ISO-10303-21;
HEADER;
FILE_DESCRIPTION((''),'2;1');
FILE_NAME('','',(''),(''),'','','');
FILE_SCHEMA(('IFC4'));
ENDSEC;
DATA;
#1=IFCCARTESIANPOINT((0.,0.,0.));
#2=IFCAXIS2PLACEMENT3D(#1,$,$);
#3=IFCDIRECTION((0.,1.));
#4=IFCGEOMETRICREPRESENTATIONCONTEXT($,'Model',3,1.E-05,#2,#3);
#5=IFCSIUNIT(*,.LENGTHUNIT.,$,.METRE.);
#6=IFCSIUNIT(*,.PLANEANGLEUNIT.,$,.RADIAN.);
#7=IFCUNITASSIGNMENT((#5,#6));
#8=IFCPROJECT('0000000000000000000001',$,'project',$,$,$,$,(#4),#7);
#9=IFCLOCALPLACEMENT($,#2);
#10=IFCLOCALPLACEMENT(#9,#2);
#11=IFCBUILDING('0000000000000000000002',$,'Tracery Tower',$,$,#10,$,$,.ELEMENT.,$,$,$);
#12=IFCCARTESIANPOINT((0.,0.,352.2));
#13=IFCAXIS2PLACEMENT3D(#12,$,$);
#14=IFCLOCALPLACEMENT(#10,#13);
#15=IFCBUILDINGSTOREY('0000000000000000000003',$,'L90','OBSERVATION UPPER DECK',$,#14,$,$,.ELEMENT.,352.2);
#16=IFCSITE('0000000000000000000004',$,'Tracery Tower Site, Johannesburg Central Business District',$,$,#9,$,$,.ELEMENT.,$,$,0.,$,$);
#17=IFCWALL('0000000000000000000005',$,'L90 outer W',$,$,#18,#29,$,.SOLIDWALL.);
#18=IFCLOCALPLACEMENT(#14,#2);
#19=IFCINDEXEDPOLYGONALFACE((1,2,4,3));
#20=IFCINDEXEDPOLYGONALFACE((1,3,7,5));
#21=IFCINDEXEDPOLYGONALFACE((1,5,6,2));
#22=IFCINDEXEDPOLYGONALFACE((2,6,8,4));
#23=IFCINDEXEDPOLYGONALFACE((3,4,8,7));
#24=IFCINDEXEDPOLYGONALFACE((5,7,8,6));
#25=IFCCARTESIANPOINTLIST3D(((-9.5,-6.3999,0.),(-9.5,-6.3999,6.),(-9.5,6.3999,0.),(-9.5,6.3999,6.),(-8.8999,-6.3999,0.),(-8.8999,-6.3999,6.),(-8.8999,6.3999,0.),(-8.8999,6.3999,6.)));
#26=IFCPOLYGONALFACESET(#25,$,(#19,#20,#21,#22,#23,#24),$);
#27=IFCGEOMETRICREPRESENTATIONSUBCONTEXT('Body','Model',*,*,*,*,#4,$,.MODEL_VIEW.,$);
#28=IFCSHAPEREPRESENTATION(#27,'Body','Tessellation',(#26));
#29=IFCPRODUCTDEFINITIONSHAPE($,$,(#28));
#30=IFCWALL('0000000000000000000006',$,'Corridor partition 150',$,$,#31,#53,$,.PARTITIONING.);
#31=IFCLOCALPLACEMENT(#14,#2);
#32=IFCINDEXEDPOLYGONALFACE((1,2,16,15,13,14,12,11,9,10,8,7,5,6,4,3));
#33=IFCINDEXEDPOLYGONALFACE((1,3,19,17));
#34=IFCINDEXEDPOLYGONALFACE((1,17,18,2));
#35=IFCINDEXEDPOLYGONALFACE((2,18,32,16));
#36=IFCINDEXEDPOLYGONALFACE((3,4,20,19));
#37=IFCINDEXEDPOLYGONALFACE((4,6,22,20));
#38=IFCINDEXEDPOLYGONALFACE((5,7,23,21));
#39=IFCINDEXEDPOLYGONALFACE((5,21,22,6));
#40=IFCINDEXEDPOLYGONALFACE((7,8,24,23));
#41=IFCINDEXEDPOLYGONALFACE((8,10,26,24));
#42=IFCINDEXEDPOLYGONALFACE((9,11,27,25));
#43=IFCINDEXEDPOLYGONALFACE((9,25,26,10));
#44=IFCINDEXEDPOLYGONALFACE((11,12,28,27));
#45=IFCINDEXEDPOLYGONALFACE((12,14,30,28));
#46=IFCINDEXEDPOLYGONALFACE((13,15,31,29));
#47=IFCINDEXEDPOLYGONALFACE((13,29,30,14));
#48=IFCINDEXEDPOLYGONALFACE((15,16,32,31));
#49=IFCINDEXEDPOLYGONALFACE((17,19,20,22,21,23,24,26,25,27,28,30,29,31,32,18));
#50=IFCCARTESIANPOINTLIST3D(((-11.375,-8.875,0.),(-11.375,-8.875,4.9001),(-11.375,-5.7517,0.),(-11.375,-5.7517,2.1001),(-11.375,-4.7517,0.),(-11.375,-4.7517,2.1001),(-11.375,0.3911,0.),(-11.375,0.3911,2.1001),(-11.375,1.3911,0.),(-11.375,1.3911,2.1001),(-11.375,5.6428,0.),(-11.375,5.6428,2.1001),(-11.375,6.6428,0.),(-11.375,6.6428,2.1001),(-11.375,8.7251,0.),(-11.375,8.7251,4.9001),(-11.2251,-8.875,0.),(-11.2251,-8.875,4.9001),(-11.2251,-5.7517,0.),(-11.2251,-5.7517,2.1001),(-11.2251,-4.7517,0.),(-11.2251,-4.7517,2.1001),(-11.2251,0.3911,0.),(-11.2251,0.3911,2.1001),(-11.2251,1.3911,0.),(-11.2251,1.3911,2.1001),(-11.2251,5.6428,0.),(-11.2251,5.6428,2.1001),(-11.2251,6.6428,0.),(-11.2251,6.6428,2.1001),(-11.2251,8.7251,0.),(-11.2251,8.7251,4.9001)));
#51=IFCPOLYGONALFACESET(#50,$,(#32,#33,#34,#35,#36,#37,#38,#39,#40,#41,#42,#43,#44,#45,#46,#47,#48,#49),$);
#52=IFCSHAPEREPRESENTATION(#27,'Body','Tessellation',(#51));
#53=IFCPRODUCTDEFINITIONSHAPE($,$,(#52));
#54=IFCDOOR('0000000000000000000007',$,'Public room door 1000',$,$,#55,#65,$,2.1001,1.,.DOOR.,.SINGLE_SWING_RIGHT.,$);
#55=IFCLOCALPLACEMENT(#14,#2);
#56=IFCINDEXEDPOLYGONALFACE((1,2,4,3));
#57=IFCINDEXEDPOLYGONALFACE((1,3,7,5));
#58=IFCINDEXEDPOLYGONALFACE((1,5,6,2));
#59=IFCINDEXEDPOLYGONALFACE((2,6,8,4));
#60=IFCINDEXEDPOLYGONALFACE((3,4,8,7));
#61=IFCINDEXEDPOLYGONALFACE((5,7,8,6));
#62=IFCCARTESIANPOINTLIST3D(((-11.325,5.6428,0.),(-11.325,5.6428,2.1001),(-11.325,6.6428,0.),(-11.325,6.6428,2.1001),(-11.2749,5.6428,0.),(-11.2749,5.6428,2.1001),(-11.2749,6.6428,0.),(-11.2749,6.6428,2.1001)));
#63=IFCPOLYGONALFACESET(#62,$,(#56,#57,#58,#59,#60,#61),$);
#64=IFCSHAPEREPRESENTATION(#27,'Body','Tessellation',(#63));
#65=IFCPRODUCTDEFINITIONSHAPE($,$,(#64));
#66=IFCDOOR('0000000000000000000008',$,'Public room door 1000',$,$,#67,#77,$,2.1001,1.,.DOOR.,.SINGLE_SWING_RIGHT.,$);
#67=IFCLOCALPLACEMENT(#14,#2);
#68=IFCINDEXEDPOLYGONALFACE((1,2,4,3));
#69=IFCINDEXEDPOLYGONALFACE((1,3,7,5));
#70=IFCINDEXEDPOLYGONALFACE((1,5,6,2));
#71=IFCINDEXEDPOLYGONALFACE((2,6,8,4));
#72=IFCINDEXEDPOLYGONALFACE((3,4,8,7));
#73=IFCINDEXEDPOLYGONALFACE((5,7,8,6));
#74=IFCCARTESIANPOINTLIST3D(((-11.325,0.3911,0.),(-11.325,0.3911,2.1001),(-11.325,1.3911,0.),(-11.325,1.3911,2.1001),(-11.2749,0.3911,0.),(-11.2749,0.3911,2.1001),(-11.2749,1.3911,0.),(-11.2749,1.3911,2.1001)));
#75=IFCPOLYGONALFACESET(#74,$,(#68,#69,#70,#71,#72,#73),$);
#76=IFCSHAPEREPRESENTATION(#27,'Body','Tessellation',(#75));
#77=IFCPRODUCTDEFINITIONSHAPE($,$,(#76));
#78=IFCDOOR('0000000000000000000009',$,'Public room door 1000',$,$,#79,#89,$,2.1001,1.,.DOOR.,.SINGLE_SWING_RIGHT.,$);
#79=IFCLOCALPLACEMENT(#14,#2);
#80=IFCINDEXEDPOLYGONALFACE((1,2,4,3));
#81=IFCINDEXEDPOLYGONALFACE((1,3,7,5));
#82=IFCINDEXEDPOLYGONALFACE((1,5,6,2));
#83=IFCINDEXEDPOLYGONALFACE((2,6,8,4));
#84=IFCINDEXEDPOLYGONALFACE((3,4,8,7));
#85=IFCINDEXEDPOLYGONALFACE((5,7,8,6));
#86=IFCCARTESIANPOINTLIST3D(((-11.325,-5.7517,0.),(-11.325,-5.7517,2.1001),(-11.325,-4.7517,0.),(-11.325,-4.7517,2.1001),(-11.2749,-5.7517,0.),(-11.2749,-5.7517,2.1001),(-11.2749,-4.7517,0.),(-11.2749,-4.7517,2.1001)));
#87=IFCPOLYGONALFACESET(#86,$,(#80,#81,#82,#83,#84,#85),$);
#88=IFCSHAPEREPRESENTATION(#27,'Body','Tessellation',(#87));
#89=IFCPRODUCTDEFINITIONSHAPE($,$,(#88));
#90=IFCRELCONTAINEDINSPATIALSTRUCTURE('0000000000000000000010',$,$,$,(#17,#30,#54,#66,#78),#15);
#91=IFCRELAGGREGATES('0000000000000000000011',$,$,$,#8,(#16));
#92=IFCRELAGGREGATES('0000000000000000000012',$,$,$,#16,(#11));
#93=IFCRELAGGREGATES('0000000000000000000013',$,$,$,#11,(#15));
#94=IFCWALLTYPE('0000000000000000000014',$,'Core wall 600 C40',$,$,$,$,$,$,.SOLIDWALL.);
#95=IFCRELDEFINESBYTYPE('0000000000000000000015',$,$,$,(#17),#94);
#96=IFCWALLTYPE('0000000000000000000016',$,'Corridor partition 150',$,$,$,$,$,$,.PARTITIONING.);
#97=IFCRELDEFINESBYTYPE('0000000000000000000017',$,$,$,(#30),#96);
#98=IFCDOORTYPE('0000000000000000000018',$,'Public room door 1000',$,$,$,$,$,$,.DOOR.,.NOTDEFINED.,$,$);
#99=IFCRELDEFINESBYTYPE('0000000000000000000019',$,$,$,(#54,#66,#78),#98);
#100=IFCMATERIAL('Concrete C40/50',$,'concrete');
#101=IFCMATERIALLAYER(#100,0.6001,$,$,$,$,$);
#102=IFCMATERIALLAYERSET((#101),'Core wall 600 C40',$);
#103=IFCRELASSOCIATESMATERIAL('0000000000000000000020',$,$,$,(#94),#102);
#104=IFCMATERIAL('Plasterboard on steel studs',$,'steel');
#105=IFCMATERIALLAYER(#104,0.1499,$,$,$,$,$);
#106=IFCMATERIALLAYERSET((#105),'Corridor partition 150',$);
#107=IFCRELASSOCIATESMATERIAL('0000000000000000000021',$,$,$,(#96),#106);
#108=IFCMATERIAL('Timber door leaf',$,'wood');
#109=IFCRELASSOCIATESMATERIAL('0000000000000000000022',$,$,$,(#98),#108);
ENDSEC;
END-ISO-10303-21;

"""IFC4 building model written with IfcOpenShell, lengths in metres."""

from ifc_helpers import new_model, si_unit, direction, frame, frame_2d, origin, place, context, subcontext, project, spatial, rectangle, extrude, material, layer, layer_set, type_object, element, fill, save


model = new_model("IFC4")

# Units and contexts
model_context = context("Model", 3, precision=1e-05, world=origin(), true_north=direction((0.0, 1.0)))
body_context = subcontext(model_context, "Body", "Model", "MODEL_VIEW")
ifc_project = project(units=[si_unit("LENGTHUNIT", "METRE"), si_unit("PLANEANGLEUNIT", "RADIAN")], contexts=[model_context])

# Site, building, storey
site_placement = place(None, origin())
site = spatial("IfcSite", under=ifc_project, at=site_placement, Name="Tracery Tower Site, Johannesburg Central Business District", CompositionType="ELEMENT", RefElevation=0.0)
building_placement = place(site_placement, origin())
building = spatial("IfcBuilding", under=site, at=building_placement, Name="Tracery Tower", CompositionType="ELEMENT")
storey_placement = place(building_placement, frame((0.0, 0.0, 352.2)))
storey = spatial("IfcBuildingStorey", under=building, at=storey_placement, Name="L90", Description="OBSERVATION UPPER DECK", CompositionType="ELEMENT", Elevation=352.2)

# Shared definitions
ifc_material_1 = material(Name="Concrete C40/50", Category="concrete")
ifc_layer_1 = layer(ifc_material_1, 0.6001)
ifc_layer_set_1 = layer_set([ifc_layer_1], Name="Core wall 600 C40")
wall_type_1 = type_object("IfcWallType", Name="Core wall 600 C40", PredefinedType="SOLIDWALL", material=ifc_layer_set_1)

# Wall
wall_1_placement = place(storey_placement, frame((-9.2, -6.3999, 0.0), z_axis=(0.0, 0.0, 1.0), x_axis=(0.0, 1.0, 0.0)))
element("IfcWall", 1, at=wall_1_placement, inside=storey, type_object=wall_type_1, Name="L90 outer W", PredefinedType="SOLIDWALL", context=body_context, shape_type="SweptSolid", body=[
    extrude(rectangle(XDim=12.7998, YDim=0.6001, at=frame_2d((6.3999, 0.0))), origin(), (0.0, 0.0, 1.0), 6.0),
])

# Wall, openings, doors
ifc_material_2 = material(Name="Plasterboard on steel studs", Category="steel")
ifc_layer_2 = layer(ifc_material_2, 0.1499)
ifc_layer_set_2 = layer_set([ifc_layer_2], Name="Corridor partition 150")
wall_type_2 = type_object("IfcWallType", Name="Corridor partition 150", PredefinedType="PARTITIONING", material=ifc_layer_set_2)
wall_2_placement = place(storey_placement, frame((-11.3, -8.875, 0.0), z_axis=(0.0, 0.0, 1.0), x_axis=(0.0, 1.0, 0.0)))
wall_2 = element("IfcWall", 2, at=wall_2_placement, inside=storey, type_object=wall_type_2, Name="Corridor partition 150", PredefinedType="PARTITIONING", context=body_context, shape_type="SweptSolid", body=[
    extrude(rectangle(XDim=17.6001, YDim=0.1499, at=frame_2d((8.8, 0.0))), origin(), (0.0, 0.0, 1.0), 4.9001),
])
opening_1_placement = place(wall_2_placement, frame((14.5178, 0.0, 0.0)))
opening_1 = element("IfcOpeningElement", 3, at=opening_1_placement, cuts=wall_2, PredefinedType="OPENING", context=body_context, shape_type="SweptSolid", body=[
    extrude(rectangle(XDim=1.0, YDim=2.1001, at=frame_2d((0.5, 1.05))), frame((0.0, 0.075, 0.0), z_axis=(0.0, -1.0, 0.0), x_axis=(1.0, 0.0, 0.0)), (0.0, 0.0, 1.0), 0.1499),
])
opening_2_placement = place(wall_2_placement, frame((9.2661, 0.0, 0.0)))
opening_2 = element("IfcOpeningElement", 4, at=opening_2_placement, cuts=wall_2, PredefinedType="OPENING", context=body_context, shape_type="SweptSolid", body=[
    extrude(rectangle(XDim=1.0, YDim=2.1001, at=frame_2d((0.5, 1.05))), frame((0.0, 0.075, 0.0), z_axis=(0.0, -1.0, 0.0), x_axis=(1.0, 0.0, 0.0)), (0.0, 0.0, 1.0), 0.1499),
])
opening_3_placement = place(wall_2_placement, frame((3.1233, 0.0, 0.0)))
opening_3 = element("IfcOpeningElement", 5, at=opening_3_placement, cuts=wall_2, PredefinedType="OPENING", context=body_context, shape_type="SweptSolid", body=[
    extrude(rectangle(XDim=1.0, YDim=2.1001, at=frame_2d((0.5, 1.05))), frame((0.0, 0.075, 0.0), z_axis=(0.0, -1.0, 0.0), x_axis=(1.0, 0.0, 0.0)), (0.0, 0.0, 1.0), 0.1499),
])
ifc_material_3 = material(Name="Timber door leaf", Category="wood")
door_type_1 = type_object("IfcDoorType", Name="Public room door 1000", OperationType="NOTDEFINED", PredefinedType="DOOR", material=ifc_material_3)
door_1_placement = place(opening_1_placement, origin())
door_1 = element("IfcDoor", 6, at=door_1_placement, inside=storey, type_object=door_type_1, Name="Public room door 1000", OperationType="SINGLE_SWING_RIGHT", OverallHeight=2.1001, OverallWidth=1.0, PredefinedType="DOOR", context=body_context, shape_type="SweptSolid", body=[
    extrude(rectangle(XDim=1.0, YDim=2.1001, at=frame_2d((0.5, 1.05))), frame((0.0, 0.0249, 0.0), z_axis=(0.0, -1.0, 0.0), x_axis=(1.0, 0.0, 0.0)), (0.0, 0.0, 1.0), 0.05),
])
fill(opening_1, door_1)
door_2_placement = place(opening_2_placement, origin())
door_2 = element("IfcDoor", 7, at=door_2_placement, inside=storey, type_object=door_type_1, Name="Public room door 1000", OperationType="SINGLE_SWING_RIGHT", OverallHeight=2.1001, OverallWidth=1.0, PredefinedType="DOOR", context=body_context, shape_type="SweptSolid", body=[
    extrude(rectangle(XDim=1.0, YDim=2.1001, at=frame_2d((0.5, 1.05))), frame((0.0, 0.0249, 0.0), z_axis=(0.0, -1.0, 0.0), x_axis=(1.0, 0.0, 0.0)), (0.0, 0.0, 1.0), 0.05),
])
fill(opening_2, door_2)
door_3_placement = place(opening_3_placement, origin())
door_3 = element("IfcDoor", 8, at=door_3_placement, inside=storey, type_object=door_type_1, Name="Public room door 1000", OperationType="SINGLE_SWING_RIGHT", OverallHeight=2.1001, OverallWidth=1.0, PredefinedType="DOOR", context=body_context, shape_type="SweptSolid", body=[
    extrude(rectangle(XDim=1.0, YDim=2.1001, at=frame_2d((0.5, 1.05))), frame((0.0, 0.0249, 0.0), z_axis=(0.0, -1.0, 0.0), x_axis=(1.0, 0.0, 0.0)), (0.0, 0.0, 1.0), 0.05),
])
fill(opening_3, door_3)

save(model, "model.ifc")
